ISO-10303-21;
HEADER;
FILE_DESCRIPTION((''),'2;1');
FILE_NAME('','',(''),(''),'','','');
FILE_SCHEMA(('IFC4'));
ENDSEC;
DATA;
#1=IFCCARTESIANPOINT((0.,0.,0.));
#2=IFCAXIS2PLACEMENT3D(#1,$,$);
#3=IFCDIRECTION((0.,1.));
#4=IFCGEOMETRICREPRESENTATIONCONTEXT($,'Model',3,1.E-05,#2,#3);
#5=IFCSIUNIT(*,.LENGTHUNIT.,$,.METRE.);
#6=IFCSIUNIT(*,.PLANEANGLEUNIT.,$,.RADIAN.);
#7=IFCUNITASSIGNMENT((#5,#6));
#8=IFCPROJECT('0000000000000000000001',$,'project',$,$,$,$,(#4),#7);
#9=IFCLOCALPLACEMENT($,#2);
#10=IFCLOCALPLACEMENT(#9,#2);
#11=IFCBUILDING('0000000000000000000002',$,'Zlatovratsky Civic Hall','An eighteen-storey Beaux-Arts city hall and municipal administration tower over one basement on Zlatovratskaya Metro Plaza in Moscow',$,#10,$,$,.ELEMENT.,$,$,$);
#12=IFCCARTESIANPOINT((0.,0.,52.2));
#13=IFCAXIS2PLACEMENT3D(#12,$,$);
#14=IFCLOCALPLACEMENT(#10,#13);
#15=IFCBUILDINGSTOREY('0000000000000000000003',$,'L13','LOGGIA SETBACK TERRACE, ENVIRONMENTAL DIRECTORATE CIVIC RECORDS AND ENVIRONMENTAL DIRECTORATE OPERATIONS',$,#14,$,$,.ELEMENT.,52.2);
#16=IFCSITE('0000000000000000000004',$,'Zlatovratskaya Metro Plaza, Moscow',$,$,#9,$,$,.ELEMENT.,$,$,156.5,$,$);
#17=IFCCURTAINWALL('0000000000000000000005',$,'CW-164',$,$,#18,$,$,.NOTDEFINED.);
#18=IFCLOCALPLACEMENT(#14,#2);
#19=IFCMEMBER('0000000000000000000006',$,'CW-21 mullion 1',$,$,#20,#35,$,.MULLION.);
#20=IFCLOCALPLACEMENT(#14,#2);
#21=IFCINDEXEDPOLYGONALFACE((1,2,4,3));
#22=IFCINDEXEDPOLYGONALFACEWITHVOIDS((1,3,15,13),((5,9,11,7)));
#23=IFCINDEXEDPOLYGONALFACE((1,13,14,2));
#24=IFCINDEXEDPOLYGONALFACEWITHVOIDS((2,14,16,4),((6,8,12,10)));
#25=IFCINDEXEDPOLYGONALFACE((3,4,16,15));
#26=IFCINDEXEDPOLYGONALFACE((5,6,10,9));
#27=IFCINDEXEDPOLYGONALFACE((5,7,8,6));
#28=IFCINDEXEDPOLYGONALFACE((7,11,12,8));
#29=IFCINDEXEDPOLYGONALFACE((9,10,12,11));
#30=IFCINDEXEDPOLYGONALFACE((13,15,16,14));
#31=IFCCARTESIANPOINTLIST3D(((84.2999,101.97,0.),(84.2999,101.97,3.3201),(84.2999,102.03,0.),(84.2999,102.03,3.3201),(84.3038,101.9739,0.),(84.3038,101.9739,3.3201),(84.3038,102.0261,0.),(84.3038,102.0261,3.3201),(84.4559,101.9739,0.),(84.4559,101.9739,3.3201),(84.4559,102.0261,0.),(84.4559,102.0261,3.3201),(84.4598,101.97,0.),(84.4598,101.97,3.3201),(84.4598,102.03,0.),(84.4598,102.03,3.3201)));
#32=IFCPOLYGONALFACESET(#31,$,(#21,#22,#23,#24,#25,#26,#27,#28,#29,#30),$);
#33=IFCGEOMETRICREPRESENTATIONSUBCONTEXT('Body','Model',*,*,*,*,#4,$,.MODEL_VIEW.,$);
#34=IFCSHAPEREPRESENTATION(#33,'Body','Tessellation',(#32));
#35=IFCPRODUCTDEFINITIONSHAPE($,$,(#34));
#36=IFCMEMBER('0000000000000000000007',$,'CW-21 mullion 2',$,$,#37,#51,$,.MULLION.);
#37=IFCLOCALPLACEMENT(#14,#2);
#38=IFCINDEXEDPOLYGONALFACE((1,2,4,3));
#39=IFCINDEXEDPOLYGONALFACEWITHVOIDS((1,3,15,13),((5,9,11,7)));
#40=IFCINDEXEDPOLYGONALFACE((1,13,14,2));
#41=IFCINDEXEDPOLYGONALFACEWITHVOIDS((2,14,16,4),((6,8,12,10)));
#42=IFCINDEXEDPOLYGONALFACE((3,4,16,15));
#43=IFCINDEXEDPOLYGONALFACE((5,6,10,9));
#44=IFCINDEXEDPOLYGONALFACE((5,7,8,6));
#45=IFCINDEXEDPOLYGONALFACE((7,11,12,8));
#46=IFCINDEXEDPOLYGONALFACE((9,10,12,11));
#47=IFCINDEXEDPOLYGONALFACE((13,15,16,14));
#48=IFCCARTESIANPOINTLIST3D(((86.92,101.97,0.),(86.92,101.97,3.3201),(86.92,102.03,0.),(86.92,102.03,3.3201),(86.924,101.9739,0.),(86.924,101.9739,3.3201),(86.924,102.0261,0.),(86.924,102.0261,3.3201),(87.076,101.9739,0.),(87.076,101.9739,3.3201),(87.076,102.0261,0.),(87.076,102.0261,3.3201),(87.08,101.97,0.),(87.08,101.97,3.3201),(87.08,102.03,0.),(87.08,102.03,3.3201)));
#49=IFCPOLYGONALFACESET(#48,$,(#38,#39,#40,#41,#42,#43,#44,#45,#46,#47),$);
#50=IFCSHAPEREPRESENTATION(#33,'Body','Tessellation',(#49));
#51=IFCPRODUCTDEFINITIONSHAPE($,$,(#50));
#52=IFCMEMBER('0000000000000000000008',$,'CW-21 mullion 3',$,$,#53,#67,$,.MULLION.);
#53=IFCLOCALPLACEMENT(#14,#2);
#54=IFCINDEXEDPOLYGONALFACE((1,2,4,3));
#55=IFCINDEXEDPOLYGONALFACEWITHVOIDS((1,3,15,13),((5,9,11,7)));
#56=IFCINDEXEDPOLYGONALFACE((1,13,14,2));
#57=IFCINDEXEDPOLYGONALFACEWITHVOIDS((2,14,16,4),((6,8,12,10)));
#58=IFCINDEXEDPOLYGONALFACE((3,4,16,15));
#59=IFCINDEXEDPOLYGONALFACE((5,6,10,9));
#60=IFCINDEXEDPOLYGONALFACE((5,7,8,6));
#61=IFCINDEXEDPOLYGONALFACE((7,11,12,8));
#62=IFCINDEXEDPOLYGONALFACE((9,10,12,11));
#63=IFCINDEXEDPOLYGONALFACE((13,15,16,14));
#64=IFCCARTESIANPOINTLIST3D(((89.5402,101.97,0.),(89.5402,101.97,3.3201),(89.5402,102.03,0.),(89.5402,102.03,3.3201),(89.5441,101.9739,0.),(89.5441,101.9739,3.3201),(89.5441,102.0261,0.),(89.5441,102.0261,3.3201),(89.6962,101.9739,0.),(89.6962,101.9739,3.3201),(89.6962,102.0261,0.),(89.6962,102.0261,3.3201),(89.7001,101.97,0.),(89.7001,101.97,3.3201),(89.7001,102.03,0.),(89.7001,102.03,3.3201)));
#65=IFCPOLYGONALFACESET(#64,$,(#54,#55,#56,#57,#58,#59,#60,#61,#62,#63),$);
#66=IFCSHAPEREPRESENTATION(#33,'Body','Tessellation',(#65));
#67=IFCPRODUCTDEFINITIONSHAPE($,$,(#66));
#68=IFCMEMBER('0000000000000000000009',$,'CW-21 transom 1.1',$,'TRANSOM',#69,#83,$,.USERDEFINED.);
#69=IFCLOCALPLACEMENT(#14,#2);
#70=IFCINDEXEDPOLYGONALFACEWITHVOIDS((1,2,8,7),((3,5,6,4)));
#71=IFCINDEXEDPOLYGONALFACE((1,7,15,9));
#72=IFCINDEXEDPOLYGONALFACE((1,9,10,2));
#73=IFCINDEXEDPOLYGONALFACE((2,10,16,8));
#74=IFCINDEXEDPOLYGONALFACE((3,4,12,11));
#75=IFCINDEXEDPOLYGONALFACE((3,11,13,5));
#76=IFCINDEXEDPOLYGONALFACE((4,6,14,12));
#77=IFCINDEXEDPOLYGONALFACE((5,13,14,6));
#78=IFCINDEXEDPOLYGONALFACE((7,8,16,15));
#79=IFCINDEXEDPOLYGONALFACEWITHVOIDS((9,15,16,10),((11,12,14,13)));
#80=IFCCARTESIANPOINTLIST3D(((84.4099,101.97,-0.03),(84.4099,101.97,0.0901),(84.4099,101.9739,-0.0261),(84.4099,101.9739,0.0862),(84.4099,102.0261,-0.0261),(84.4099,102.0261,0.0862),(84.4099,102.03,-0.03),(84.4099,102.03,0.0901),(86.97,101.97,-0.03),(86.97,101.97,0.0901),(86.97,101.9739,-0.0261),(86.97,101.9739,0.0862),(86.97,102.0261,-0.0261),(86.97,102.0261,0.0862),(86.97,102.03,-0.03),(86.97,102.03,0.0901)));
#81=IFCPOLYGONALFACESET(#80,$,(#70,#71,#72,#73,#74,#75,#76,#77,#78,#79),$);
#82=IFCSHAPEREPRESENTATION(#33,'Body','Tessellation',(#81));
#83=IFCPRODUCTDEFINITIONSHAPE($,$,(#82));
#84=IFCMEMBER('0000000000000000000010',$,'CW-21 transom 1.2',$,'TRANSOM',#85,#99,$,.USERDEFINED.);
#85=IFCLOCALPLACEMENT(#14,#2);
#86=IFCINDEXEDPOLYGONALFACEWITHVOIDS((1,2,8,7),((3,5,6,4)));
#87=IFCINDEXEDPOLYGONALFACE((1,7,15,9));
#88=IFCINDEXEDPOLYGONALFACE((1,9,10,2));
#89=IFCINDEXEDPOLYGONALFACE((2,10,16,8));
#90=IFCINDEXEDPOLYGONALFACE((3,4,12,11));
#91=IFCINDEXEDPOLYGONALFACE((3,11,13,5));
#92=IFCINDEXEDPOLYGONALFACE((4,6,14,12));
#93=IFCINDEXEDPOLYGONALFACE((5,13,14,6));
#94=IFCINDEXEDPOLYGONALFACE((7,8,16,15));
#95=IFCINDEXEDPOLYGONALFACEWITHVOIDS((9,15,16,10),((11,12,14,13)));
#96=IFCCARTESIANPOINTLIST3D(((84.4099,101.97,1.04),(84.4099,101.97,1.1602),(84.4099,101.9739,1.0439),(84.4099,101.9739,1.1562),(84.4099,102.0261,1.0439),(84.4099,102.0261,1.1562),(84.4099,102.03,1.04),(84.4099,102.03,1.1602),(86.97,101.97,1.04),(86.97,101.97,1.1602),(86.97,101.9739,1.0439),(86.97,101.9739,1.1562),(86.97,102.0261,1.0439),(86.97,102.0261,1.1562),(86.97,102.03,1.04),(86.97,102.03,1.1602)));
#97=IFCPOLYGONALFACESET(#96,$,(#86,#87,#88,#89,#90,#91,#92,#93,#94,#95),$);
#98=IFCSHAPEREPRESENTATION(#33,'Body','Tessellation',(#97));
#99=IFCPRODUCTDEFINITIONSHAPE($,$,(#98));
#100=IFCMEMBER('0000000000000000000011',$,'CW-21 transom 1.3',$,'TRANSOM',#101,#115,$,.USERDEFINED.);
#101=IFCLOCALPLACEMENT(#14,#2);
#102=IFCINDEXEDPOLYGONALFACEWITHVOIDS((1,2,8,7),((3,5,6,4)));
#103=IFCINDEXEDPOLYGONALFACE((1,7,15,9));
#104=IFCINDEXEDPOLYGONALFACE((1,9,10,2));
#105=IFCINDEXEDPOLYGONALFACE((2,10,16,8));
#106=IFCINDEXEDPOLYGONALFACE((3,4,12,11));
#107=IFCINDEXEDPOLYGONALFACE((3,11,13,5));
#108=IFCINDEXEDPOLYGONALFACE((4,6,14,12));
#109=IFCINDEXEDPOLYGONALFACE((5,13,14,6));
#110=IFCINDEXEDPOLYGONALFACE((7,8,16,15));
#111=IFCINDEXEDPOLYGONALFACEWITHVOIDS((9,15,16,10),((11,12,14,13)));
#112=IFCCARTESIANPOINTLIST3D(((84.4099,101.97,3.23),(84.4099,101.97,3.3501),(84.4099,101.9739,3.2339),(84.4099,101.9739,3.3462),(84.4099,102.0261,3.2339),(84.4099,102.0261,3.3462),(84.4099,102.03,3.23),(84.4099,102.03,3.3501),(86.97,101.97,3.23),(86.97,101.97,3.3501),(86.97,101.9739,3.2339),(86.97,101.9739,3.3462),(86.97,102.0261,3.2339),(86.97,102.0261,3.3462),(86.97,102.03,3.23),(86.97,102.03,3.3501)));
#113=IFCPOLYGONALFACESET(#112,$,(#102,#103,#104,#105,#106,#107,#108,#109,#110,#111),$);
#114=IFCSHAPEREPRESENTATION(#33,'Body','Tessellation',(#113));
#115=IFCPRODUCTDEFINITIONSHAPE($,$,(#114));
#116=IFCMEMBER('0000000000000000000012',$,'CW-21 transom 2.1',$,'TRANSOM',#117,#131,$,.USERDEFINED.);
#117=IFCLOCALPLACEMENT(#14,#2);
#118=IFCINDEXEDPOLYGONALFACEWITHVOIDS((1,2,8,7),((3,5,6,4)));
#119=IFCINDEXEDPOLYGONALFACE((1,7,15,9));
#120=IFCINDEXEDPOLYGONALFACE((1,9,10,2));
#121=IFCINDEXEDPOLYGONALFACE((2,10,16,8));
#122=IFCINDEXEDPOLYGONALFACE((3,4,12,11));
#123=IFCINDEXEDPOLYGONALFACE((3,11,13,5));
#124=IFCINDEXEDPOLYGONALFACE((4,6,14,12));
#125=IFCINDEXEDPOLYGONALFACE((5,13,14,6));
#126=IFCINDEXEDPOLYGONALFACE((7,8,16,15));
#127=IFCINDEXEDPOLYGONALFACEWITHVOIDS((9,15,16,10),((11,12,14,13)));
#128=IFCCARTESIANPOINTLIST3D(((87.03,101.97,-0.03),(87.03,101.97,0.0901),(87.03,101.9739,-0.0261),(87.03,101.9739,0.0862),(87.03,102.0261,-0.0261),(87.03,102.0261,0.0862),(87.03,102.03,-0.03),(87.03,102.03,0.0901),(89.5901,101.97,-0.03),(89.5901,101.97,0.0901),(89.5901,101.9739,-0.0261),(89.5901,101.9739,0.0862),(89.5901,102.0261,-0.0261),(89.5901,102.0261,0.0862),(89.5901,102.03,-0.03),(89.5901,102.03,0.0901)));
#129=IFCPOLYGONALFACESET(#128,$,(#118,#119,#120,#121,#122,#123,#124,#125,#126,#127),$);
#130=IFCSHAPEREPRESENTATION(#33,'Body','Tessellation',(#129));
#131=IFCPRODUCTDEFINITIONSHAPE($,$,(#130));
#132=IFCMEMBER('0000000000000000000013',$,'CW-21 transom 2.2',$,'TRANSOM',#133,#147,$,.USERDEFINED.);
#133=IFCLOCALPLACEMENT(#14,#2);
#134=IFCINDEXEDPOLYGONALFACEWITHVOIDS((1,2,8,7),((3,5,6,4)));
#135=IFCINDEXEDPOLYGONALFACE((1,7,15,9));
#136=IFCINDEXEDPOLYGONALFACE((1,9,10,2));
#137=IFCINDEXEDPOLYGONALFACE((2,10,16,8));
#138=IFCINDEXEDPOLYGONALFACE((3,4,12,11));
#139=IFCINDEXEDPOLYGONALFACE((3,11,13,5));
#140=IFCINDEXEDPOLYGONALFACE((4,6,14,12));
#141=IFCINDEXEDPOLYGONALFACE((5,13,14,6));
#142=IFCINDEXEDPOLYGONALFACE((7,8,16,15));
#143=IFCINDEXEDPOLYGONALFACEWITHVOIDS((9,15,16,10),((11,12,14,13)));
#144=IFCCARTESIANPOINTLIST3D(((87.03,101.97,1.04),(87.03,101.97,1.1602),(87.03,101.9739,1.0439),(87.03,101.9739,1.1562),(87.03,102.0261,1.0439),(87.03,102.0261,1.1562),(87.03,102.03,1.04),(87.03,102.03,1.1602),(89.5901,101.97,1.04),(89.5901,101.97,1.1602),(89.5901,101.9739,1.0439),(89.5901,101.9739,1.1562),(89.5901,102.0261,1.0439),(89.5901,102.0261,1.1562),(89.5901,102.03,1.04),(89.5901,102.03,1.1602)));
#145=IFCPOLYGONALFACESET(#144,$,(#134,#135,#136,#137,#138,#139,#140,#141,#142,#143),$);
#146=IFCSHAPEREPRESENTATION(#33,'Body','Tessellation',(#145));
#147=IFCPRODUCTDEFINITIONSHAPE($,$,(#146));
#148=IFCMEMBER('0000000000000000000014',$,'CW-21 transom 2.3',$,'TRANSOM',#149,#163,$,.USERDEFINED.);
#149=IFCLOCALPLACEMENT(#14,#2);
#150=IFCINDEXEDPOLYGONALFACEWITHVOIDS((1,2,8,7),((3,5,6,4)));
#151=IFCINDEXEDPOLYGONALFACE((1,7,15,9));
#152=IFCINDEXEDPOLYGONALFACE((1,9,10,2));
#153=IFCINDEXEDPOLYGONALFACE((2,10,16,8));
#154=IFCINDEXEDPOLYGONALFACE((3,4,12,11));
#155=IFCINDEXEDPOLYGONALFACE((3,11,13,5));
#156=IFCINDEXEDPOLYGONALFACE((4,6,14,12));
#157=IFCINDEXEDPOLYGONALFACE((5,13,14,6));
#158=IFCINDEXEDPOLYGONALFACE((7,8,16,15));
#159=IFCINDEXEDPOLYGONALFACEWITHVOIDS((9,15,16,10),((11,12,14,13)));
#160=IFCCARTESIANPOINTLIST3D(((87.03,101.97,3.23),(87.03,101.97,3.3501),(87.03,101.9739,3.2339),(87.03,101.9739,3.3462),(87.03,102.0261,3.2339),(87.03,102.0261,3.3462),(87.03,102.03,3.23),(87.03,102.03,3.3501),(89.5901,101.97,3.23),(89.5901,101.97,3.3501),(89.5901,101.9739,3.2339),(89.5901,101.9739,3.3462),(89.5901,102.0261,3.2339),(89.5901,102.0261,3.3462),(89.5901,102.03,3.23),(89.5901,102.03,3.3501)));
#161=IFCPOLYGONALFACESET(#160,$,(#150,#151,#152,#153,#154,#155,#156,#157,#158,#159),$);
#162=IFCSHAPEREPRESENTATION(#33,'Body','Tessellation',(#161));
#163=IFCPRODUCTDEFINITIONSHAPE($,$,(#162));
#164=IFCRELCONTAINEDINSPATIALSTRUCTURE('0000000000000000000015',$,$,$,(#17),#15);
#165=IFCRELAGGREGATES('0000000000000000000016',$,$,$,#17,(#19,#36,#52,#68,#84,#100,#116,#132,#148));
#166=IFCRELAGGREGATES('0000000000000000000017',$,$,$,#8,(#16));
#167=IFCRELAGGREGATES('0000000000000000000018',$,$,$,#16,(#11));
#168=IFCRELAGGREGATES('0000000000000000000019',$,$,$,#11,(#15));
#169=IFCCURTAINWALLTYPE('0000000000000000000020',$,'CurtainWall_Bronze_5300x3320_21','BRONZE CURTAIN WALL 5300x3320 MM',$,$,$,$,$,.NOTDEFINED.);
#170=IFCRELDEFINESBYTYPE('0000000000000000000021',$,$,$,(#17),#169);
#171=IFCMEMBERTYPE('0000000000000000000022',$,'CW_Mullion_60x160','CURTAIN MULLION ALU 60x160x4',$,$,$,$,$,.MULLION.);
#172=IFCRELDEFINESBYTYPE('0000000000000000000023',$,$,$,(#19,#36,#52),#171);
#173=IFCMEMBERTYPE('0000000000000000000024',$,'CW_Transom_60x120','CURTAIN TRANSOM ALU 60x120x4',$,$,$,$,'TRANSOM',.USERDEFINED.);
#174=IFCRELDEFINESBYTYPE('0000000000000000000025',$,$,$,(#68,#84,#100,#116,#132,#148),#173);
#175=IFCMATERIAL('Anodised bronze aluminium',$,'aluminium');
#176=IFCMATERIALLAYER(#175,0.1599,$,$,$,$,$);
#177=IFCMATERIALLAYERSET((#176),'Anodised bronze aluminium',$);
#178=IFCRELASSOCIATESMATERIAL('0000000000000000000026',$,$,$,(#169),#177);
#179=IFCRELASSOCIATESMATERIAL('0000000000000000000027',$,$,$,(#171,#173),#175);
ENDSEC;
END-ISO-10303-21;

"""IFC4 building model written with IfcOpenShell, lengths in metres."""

from ifc_helpers import new_model, si_unit, direction, frame, origin, origin_2d, place, context, subcontext, project, spatial, hollow_rectangle, extrude, material, layer, layer_set, material_profile, profile_set, type_object, element, aggregate, save


model = new_model("IFC4")

# Units and contexts
model_context = context("Model", 3, precision=1e-05, world=origin(), true_north=direction((0.0, 1.0)))
body_context = subcontext(model_context, "Body", "Model", "MODEL_VIEW")
ifc_project = project(units=[si_unit("LENGTHUNIT", "METRE"), si_unit("PLANEANGLEUNIT", "RADIAN")], contexts=[model_context])

# Site, building, storey
site_placement = place(None, origin())
site = spatial("IfcSite", under=ifc_project, at=site_placement, Name="Zlatovratskaya Metro Plaza, Moscow", CompositionType="ELEMENT", RefElevation=156.5)
building_placement = place(site_placement, origin())
building = spatial("IfcBuilding", under=site, at=building_placement, Name="Zlatovratsky Civic Hall", Description="An eighteen-storey Beaux-Arts city hall and municipal administration tower over one basement on Zlatovratskaya Metro Plaza in Moscow", CompositionType="ELEMENT")
storey_placement = place(building_placement, frame((0.0, 0.0, 52.2)))
storey = spatial("IfcBuildingStorey", under=building, at=storey_placement, Name="L13", Description="LOGGIA SETBACK TERRACE, ENVIRONMENTAL DIRECTORATE CIVIC RECORDS AND ENVIRONMENTAL DIRECTORATE OPERATIONS", CompositionType="ELEMENT", Elevation=52.2)

# Shared definitions
ifc_material_1 = material(Name="Anodised bronze aluminium", Category="aluminium")
ifc_layer_1 = layer(ifc_material_1, 0.1599)
ifc_layer_set_1 = layer_set([ifc_layer_1], Name="Anodised bronze aluminium")
curtain_wall_type = type_object("IfcCurtainWallType", Name="CurtainWall_Bronze_5300x3320_21", Description="BRONZE CURTAIN WALL 5300x3320 MM", PredefinedType="NOTDEFINED", material=ifc_layer_set_1)
ifc_material_profile_1 = material_profile(ifc_material_1, hollow_rectangle(XDim=0.0601, YDim=0.1599, WallThickness=0.0039, at=origin_2d()), Name="ALU 60x160x4")
ifc_profile_set_1 = profile_set([ifc_material_profile_1], Name="Anodised bronze aluminium")
member_type_1 = type_object("IfcMemberType", Name="CW_Mullion_60x160", Description="CURTAIN MULLION ALU 60x160x4", PredefinedType="MULLION", material=ifc_profile_set_1)

# Curtain wall, members
curtain_wall_1_placement = place(storey_placement, origin())
curtain_wall_1 = element("IfcCurtainWall", 1, at=curtain_wall_1_placement, inside=storey, type_object=curtain_wall_type, Name="CW-164", PredefinedType="NOTDEFINED")
member_1_placement = place(storey_placement, frame((84.3799, 102.0, 0.0), z_axis=(0.0, 0.0, 1.0), x_axis=(0.0, 1.0, 0.0)))
member_1 = element("IfcMember", 2, at=member_1_placement, type_object=member_type_1, Name="CW-21 mullion 1", PredefinedType="MULLION", context=body_context, shape_type="SweptSolid", body=[
    extrude(hollow_rectangle(XDim=0.0601, YDim=0.1599, WallThickness=0.0039, at=origin_2d()), origin(), (0.0, 0.0, 1.0), 3.3201),
])
member_2_placement = place(storey_placement, frame((87.0, 102.0, 0.0), z_axis=(0.0, 0.0, 1.0), x_axis=(0.0, 1.0, 0.0)))
member_2 = element("IfcMember", 3, at=member_2_placement, type_object=member_type_1, Name="CW-21 mullion 2", PredefinedType="MULLION", context=body_context, shape_type="SweptSolid", body=[
    extrude(hollow_rectangle(XDim=0.0601, YDim=0.1599, WallThickness=0.0039, at=origin_2d()), origin(), (0.0, 0.0, 1.0), 3.3201),
])
member_3_placement = place(storey_placement, frame((89.6201, 102.0, 0.0), z_axis=(0.0, 0.0, 1.0), x_axis=(0.0, 1.0, 0.0)))
member_3 = element("IfcMember", 4, at=member_3_placement, type_object=member_type_1, Name="CW-21 mullion 3", PredefinedType="MULLION", context=body_context, shape_type="SweptSolid", body=[
    extrude(hollow_rectangle(XDim=0.0601, YDim=0.1599, WallThickness=0.0039, at=origin_2d()), origin(), (0.0, 0.0, 1.0), 3.3201),
])
ifc_material_profile_2 = material_profile(ifc_material_1, hollow_rectangle(XDim=0.0601, YDim=0.1201, WallThickness=0.0039, at=origin_2d()), Name="ALU 60x120x4")
ifc_profile_set_2 = profile_set([ifc_material_profile_2], Name="Anodised bronze aluminium")
member_type_2 = type_object("IfcMemberType", Name="CW_Transom_60x120", Description="CURTAIN TRANSOM ALU 60x120x4", ElementType="TRANSOM", PredefinedType="USERDEFINED", material=ifc_profile_set_2)
member_4_placement = place(storey_placement, frame((84.4099, 102.0, 0.03), z_axis=(1.0, 0.0, 0.0), x_axis=(0.0, 1.0, 0.0)))
member_4 = element("IfcMember", 5, at=member_4_placement, type_object=member_type_2, Name="CW-21 transom 1.1", ObjectType="TRANSOM", PredefinedType="USERDEFINED", context=body_context, shape_type="SweptSolid", body=[
    extrude(hollow_rectangle(XDim=0.0601, YDim=0.1201, WallThickness=0.0039, at=origin_2d()), origin(), (0.0, 0.0, 1.0), 2.5601),
])
member_5_placement = place(storey_placement, frame((84.4099, 102.0, 1.1001), z_axis=(1.0, 0.0, 0.0), x_axis=(0.0, 1.0, 0.0)))
member_5 = element("IfcMember", 6, at=member_5_placement, type_object=member_type_2, Name="CW-21 transom 1.2", ObjectType="TRANSOM", PredefinedType="USERDEFINED", context=body_context, shape_type="SweptSolid", body=[
    extrude(hollow_rectangle(XDim=0.0601, YDim=0.1201, WallThickness=0.0039, at=origin_2d()), origin(), (0.0, 0.0, 1.0), 2.5601),
])
member_6_placement = place(storey_placement, frame((84.4099, 102.0, 3.29), z_axis=(1.0, 0.0, 0.0), x_axis=(0.0, 1.0, 0.0)))
member_6 = element("IfcMember", 7, at=member_6_placement, type_object=member_type_2, Name="CW-21 transom 1.3", ObjectType="TRANSOM", PredefinedType="USERDEFINED", context=body_context, shape_type="SweptSolid", body=[
    extrude(hollow_rectangle(XDim=0.0601, YDim=0.1201, WallThickness=0.0039, at=origin_2d()), origin(), (0.0, 0.0, 1.0), 2.5601),
])
member_7_placement = place(storey_placement, frame((87.03, 102.0, 0.03), z_axis=(1.0, 0.0, 0.0), x_axis=(0.0, 1.0, 0.0)))
member_7 = element("IfcMember", 8, at=member_7_placement, type_object=member_type_2, Name="CW-21 transom 2.1", ObjectType="TRANSOM", PredefinedType="USERDEFINED", context=body_context, shape_type="SweptSolid", body=[
    extrude(hollow_rectangle(XDim=0.0601, YDim=0.1201, WallThickness=0.0039, at=origin_2d()), origin(), (0.0, 0.0, 1.0), 2.5601),
])
member_8_placement = place(storey_placement, frame((87.03, 102.0, 1.1001), z_axis=(1.0, 0.0, 0.0), x_axis=(0.0, 1.0, 0.0)))
member_8 = element("IfcMember", 9, at=member_8_placement, type_object=member_type_2, Name="CW-21 transom 2.2", ObjectType="TRANSOM", PredefinedType="USERDEFINED", context=body_context, shape_type="SweptSolid", body=[
    extrude(hollow_rectangle(XDim=0.0601, YDim=0.1201, WallThickness=0.0039, at=origin_2d()), origin(), (0.0, 0.0, 1.0), 2.5601),
])
member_9_placement = place(storey_placement, frame((87.03, 102.0, 3.29), z_axis=(1.0, 0.0, 0.0), x_axis=(0.0, 1.0, 0.0)))
member_9 = element("IfcMember", 10, at=member_9_placement, type_object=member_type_2, Name="CW-21 transom 2.3", ObjectType="TRANSOM", PredefinedType="USERDEFINED", context=body_context, shape_type="SweptSolid", body=[
    extrude(hollow_rectangle(XDim=0.0601, YDim=0.1201, WallThickness=0.0039, at=origin_2d()), origin(), (0.0, 0.0, 1.0), 2.5601),
])

aggregate(curtain_wall_1, [member_1, member_2, member_3, member_4, member_5, member_6, member_7, member_8, member_9])

save(model, "model.ifc")
